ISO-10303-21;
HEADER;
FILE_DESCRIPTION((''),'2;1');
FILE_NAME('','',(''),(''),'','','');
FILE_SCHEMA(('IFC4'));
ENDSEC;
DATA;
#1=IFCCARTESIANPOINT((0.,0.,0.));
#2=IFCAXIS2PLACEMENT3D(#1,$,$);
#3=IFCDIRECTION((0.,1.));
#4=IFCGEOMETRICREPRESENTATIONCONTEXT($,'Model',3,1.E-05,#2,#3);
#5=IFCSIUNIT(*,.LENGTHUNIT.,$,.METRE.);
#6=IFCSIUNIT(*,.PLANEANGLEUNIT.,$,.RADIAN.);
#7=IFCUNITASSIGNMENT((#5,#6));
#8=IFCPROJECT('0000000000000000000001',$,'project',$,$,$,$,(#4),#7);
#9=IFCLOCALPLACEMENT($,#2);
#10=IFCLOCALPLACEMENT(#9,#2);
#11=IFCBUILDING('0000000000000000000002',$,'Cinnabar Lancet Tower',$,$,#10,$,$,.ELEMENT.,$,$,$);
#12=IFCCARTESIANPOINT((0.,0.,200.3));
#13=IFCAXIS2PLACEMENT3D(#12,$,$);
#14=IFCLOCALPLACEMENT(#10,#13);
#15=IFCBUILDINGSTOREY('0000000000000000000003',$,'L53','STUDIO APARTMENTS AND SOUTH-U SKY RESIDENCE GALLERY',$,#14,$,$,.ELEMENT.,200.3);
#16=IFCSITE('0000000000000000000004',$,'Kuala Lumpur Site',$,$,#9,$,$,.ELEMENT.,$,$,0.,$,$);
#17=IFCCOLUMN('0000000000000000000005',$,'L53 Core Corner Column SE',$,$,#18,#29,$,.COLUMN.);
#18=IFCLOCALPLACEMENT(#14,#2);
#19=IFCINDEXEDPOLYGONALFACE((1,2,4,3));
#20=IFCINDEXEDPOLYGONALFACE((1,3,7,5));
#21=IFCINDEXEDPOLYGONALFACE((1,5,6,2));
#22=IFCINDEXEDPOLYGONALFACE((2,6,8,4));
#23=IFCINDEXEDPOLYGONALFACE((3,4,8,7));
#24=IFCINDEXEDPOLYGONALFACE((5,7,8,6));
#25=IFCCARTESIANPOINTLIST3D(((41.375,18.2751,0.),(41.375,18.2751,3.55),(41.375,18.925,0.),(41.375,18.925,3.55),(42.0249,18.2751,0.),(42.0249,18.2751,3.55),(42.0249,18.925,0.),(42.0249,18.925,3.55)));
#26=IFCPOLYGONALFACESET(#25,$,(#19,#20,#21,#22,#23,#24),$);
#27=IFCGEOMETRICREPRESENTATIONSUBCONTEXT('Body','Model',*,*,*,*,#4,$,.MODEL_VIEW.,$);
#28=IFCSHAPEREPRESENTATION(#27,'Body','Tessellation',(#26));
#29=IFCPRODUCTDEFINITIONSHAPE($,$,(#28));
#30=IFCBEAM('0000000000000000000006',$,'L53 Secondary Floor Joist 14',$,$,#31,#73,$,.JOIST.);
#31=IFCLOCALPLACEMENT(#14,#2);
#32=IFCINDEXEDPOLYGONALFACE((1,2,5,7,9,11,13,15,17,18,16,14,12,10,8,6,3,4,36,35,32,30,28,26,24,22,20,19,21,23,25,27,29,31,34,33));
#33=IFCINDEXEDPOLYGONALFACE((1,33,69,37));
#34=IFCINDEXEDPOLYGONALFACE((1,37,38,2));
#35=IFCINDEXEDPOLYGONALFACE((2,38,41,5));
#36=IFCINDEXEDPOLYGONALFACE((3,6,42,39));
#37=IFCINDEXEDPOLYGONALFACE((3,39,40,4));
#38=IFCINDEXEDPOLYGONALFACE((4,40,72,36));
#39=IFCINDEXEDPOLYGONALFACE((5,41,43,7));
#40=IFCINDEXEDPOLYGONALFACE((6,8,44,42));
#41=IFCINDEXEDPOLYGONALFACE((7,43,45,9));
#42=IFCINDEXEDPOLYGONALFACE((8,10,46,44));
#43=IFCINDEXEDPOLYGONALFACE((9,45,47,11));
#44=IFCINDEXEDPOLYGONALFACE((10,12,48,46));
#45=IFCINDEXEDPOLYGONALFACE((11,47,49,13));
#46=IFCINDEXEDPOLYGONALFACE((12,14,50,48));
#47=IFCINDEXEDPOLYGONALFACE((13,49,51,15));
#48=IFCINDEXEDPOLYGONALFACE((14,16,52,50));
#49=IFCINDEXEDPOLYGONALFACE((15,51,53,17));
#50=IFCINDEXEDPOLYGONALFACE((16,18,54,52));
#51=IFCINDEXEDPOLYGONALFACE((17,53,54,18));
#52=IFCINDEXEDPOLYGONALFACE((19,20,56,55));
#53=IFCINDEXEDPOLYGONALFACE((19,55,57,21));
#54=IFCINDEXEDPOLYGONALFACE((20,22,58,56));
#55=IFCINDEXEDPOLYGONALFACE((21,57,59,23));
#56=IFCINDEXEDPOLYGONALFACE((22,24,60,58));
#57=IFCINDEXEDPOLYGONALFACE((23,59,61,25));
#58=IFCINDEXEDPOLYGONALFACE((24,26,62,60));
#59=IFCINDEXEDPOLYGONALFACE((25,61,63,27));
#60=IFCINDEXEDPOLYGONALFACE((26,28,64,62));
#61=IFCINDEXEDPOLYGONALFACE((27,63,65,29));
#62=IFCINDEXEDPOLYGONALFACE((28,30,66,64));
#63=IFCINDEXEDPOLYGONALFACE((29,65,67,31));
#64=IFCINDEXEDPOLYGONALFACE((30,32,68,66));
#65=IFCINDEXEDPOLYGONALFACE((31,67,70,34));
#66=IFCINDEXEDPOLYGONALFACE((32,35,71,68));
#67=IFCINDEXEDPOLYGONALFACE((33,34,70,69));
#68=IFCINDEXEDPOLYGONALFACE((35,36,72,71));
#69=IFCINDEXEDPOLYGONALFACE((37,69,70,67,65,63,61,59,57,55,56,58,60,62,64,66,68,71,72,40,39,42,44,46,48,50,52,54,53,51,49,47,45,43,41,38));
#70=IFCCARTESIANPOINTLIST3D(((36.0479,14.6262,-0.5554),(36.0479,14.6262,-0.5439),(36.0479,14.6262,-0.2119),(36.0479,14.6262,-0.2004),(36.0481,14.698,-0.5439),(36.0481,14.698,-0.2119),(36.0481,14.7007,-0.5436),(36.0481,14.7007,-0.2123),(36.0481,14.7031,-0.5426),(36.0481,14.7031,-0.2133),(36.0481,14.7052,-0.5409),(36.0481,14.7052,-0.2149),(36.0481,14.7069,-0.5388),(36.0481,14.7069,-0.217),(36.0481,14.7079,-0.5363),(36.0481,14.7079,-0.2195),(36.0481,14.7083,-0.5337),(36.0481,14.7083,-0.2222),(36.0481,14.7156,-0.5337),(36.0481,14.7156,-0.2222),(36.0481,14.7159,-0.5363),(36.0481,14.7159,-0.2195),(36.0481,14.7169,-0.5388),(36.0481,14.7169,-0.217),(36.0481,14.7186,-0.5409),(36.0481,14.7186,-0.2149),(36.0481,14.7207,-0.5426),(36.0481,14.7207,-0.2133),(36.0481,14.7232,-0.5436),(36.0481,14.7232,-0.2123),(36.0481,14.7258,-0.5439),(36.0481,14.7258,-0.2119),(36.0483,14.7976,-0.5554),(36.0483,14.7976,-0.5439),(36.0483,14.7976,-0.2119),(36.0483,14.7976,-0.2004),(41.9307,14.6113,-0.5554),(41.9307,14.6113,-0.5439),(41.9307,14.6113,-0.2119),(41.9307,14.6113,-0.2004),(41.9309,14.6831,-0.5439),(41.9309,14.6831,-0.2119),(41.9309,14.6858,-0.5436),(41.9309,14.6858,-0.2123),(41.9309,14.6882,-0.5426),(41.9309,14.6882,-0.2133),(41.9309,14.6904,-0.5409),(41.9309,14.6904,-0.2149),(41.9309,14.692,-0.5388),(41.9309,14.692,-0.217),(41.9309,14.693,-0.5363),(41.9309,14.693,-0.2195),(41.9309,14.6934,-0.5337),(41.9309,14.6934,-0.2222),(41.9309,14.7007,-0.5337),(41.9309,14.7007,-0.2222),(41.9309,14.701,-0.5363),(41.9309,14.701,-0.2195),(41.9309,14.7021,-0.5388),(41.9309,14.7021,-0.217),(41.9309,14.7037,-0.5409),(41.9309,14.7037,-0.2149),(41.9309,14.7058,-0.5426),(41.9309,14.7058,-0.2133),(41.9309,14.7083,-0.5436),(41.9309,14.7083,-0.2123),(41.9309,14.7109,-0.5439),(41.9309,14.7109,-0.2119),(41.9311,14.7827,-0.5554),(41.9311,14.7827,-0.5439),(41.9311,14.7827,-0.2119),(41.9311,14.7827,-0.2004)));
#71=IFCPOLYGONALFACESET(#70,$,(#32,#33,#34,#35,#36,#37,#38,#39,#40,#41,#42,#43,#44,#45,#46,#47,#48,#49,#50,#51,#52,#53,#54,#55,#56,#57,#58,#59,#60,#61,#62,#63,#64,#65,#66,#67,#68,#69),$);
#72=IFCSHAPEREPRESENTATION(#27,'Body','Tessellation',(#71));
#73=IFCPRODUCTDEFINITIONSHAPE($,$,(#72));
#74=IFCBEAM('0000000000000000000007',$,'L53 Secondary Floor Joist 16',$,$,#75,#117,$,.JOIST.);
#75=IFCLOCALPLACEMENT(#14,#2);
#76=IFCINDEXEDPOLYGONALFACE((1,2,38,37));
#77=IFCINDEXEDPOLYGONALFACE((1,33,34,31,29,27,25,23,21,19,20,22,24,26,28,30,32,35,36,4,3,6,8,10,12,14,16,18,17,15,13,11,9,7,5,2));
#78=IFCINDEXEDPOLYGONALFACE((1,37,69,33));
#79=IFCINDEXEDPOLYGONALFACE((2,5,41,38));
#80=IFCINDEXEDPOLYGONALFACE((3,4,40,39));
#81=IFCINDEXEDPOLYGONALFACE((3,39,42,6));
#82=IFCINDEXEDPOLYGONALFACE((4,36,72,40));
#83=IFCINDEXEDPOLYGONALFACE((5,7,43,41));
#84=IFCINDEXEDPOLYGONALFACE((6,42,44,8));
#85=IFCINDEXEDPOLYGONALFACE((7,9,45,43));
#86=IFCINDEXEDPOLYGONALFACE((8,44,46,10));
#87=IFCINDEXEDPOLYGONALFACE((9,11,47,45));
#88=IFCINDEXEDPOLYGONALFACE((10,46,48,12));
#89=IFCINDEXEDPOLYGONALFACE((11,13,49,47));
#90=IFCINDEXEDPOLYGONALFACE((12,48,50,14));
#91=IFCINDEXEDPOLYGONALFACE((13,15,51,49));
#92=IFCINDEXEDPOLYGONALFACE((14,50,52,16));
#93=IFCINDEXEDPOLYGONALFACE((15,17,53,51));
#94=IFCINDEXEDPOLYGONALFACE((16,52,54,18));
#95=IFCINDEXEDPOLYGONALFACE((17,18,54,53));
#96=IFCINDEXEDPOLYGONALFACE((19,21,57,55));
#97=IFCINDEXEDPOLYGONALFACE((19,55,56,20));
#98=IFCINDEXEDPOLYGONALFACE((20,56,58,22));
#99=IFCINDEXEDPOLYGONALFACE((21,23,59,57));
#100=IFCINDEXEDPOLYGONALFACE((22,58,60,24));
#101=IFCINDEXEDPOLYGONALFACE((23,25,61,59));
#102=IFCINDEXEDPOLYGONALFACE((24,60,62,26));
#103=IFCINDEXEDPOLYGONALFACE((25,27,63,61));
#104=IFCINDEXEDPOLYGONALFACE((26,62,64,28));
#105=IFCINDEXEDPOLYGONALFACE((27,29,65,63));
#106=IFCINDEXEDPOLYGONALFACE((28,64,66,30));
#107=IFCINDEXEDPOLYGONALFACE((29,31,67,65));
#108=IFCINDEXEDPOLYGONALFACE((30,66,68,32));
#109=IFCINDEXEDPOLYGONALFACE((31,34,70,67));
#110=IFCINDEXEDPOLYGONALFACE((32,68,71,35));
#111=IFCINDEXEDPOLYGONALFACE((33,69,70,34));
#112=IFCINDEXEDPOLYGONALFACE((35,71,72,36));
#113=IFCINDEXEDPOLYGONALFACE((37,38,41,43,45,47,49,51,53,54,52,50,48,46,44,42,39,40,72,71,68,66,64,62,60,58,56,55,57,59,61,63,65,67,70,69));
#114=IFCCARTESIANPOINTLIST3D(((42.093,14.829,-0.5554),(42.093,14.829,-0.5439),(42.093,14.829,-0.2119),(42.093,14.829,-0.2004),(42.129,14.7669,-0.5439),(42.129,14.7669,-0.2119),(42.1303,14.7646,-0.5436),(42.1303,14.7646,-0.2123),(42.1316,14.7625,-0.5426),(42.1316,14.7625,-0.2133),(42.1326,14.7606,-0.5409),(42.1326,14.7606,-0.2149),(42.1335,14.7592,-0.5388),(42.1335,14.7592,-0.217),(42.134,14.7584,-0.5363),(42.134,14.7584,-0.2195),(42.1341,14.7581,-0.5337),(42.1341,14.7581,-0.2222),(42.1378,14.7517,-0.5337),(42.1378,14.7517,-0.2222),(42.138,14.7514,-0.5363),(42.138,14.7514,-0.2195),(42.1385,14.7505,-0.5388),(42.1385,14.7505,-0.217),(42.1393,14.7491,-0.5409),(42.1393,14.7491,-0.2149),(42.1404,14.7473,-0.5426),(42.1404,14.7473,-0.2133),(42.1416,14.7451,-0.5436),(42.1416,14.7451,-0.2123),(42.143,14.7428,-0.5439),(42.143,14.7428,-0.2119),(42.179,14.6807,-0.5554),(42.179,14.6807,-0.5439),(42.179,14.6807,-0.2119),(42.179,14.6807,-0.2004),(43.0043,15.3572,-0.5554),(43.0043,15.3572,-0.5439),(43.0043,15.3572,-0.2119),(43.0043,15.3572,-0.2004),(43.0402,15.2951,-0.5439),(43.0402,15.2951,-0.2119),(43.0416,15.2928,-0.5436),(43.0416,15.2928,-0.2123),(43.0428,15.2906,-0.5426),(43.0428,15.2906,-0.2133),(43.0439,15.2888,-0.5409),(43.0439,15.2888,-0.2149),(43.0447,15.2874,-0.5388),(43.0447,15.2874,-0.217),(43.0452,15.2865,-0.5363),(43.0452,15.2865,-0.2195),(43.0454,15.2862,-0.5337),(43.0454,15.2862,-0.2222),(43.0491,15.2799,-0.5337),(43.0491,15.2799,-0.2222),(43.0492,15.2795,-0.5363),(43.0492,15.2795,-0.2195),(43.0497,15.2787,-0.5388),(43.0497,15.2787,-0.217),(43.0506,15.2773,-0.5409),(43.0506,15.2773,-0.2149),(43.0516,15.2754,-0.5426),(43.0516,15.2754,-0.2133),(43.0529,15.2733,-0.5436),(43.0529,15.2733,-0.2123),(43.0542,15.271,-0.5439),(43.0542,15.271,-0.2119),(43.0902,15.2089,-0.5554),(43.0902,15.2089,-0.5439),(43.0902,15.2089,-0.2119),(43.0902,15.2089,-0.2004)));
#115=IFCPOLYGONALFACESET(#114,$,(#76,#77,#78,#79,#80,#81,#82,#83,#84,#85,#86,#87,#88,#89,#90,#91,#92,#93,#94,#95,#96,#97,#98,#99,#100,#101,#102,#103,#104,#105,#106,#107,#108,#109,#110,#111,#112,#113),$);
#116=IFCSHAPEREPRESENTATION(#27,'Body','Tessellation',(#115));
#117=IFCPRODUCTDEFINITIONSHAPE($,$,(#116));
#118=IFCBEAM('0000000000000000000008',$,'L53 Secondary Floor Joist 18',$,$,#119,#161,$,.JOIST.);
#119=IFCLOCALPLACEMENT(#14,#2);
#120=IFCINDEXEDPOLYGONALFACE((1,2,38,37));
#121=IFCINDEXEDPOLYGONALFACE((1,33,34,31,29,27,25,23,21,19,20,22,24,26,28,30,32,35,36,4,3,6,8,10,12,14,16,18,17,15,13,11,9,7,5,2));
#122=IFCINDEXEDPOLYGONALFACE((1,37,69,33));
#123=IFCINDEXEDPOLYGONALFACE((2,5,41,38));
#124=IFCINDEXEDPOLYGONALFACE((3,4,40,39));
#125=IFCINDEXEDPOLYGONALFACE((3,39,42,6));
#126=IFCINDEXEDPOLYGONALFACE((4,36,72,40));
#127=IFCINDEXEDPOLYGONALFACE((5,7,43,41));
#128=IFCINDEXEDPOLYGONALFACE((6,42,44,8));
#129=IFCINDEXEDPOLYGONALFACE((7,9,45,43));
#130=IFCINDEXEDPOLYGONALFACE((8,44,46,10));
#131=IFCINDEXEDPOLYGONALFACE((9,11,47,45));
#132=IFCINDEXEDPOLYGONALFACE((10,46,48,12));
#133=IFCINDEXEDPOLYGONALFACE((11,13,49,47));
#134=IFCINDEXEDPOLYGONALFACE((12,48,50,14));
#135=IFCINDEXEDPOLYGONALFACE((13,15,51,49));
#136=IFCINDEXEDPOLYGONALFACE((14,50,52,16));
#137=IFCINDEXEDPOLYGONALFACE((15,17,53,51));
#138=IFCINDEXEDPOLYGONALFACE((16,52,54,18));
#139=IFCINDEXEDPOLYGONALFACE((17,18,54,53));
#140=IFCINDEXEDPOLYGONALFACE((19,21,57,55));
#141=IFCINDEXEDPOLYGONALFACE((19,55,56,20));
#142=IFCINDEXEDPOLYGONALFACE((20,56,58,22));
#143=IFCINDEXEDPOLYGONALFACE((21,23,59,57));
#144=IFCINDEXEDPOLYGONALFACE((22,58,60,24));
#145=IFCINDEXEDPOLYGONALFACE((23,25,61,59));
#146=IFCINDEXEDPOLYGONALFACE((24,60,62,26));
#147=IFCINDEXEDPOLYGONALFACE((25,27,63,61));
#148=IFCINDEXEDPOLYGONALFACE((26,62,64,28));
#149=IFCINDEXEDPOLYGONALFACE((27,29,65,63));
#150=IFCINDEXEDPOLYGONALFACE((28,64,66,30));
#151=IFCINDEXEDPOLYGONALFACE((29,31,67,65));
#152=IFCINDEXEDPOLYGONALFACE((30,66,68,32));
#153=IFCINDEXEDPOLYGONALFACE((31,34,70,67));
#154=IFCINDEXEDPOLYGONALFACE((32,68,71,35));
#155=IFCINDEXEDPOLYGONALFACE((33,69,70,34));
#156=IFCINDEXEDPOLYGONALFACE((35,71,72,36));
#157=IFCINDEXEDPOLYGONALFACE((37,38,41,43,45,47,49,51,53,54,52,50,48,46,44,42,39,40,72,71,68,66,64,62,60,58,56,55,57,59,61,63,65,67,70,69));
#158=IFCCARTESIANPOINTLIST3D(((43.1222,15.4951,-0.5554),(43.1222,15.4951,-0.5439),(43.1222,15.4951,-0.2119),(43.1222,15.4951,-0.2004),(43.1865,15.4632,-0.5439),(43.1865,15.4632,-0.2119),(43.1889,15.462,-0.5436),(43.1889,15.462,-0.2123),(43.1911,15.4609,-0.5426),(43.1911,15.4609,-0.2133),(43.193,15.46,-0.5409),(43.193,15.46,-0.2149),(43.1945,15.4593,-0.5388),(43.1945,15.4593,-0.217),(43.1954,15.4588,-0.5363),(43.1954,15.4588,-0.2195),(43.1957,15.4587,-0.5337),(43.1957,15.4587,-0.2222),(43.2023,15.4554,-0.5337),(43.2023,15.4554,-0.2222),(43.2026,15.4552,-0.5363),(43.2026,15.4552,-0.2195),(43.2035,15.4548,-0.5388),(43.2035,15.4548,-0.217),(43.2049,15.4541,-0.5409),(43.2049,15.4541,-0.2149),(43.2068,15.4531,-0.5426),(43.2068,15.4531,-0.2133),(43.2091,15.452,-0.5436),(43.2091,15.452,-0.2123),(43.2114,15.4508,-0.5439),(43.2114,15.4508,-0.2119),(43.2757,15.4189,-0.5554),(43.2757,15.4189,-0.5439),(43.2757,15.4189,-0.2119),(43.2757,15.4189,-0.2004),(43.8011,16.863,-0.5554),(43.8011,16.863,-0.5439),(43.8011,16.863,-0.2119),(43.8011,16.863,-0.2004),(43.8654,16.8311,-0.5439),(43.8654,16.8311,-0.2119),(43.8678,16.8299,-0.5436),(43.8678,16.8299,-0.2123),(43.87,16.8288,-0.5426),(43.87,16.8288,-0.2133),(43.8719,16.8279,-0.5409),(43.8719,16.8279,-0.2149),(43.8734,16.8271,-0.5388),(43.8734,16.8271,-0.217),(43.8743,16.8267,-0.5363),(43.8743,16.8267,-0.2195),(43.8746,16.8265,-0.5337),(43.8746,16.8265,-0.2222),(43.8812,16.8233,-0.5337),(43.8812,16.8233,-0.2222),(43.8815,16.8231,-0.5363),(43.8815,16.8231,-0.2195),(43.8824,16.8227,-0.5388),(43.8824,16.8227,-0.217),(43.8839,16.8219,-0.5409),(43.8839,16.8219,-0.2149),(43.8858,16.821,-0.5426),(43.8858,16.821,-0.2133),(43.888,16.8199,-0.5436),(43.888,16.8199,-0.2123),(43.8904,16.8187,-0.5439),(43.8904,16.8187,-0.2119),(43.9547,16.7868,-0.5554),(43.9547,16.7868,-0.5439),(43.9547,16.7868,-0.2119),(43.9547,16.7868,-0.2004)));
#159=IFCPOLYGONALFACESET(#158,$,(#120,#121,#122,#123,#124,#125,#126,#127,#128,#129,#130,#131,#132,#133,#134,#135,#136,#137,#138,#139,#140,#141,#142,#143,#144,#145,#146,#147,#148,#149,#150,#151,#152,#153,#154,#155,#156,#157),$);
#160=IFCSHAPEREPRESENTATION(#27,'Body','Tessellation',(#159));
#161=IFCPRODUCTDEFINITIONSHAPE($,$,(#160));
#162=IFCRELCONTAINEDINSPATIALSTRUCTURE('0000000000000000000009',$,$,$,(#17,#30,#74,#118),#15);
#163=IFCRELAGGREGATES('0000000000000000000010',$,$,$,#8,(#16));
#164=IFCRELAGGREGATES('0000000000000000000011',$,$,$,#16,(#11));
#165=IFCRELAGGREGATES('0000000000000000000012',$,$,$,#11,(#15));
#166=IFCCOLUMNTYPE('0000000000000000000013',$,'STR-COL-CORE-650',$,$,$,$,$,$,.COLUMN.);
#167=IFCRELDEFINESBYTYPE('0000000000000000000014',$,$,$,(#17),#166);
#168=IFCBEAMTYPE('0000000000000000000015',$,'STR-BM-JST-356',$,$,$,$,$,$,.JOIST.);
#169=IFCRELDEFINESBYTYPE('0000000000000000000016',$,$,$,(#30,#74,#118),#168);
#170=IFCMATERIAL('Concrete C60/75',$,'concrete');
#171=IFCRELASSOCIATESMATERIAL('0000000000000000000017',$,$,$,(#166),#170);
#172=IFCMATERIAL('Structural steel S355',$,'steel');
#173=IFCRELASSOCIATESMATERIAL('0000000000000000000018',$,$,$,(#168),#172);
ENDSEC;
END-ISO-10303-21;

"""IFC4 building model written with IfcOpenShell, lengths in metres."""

from ifc_helpers import new_model, si_unit, direction, frame, origin, origin_2d, place, context, subcontext, project, spatial, rectangle, i_section, extrude, material, material_profile, profile_set, type_object, element, save


model = new_model("IFC4")

# Units and contexts
model_context = context("Model", 3, precision=1e-05, world=origin(), true_north=direction((0.0, 1.0)))
body_context = subcontext(model_context, "Body", "Model", "MODEL_VIEW")
ifc_project = project(units=[si_unit("LENGTHUNIT", "METRE"), si_unit("PLANEANGLEUNIT", "RADIAN")], contexts=[model_context])

# Site, building, storey
site_placement = place(None, origin())
site = spatial("IfcSite", under=ifc_project, at=site_placement, Name="Kuala Lumpur Site", CompositionType="ELEMENT", RefElevation=0.0)
building_placement = place(site_placement, origin())
building = spatial("IfcBuilding", under=site, at=building_placement, Name="Cinnabar Lancet Tower", CompositionType="ELEMENT")
storey_placement = place(building_placement, frame((0.0, 0.0, 200.3)))
storey = spatial("IfcBuildingStorey", under=building, at=storey_placement, Name="L53", Description="STUDIO APARTMENTS AND SOUTH-U SKY RESIDENCE GALLERY", CompositionType="ELEMENT", Elevation=200.3)

# Column
ifc_material_1 = material(Name="Concrete C60/75", Category="concrete")
ifc_material_profile_1 = material_profile(ifc_material_1, rectangle(XDim=0.6499, YDim=0.6499, at=origin_2d()), Name="RC-COL 650x650")
ifc_profile_set_1 = profile_set([ifc_material_profile_1], Name="Concrete C60/75")
column_type = type_object("IfcColumnType", Name="STR-COL-CORE-650", PredefinedType="COLUMN", material=ifc_profile_set_1)
column_placement = place(storey_placement, frame((41.7, 18.6001, 0.0), z_axis=(0.0, 0.0, 1.0), x_axis=(1.0, 0.0, 0.0)))
element("IfcColumn", 1, at=column_placement, inside=storey, type_object=column_type, Name="L53 Core Corner Column SE", PredefinedType="COLUMN", context=body_context, shape_type="SweptSolid", body=[
    extrude(rectangle(XDim=0.6499, YDim=0.6499, at=origin_2d()), origin(), (0.0, 0.0, 1.0), 3.55),
])

# Beams
ifc_material_2 = material(Name="Structural steel S355", Category="steel")
ifc_material_profile_2 = material_profile(ifc_material_2, i_section(OverallWidth=0.1714, OverallDepth=0.355, WebThickness=0.0073, FlangeThickness=0.0115, FilletRadius=0.0103, at=origin_2d()), Name="UKB 356x171x51")
ifc_profile_set_2 = profile_set([ifc_material_profile_2], Name="Structural steel S355")
beam_type_1 = type_object("IfcBeamType", Name="STR-BM-JST-356", PredefinedType="JOIST", material=ifc_profile_set_2)
beam_1_placement = place(storey_placement, frame((36.0481, 14.7119, -0.3779), z_axis=(0.999997, -0.002532, 0.0), x_axis=(0.002532, 0.999997, 0.0)))
element("IfcBeam", 2, at=beam_1_placement, inside=storey, type_object=beam_type_1, Name="L53 Secondary Floor Joist 14", PredefinedType="JOIST", context=body_context, shape_type="SweptSolid", body=[
    extrude(i_section(OverallWidth=0.1714, OverallDepth=0.355, WebThickness=0.0073, FlangeThickness=0.0115, FilletRadius=0.0103, at=origin_2d()), origin(), (0.0, 0.0, 1.0), 5.8828),
])
beam_2_placement = place(storey_placement, frame((42.136, 14.7549, -0.3779), z_axis=(0.865188, 0.501447, 0.0), x_axis=(-0.501447, 0.865188, 0.0)))
element("IfcBeam", 3, at=beam_2_placement, inside=storey, type_object=beam_type_1, Name="L53 Secondary Floor Joist 16", PredefinedType="JOIST", context=body_context, shape_type="SweptSolid", body=[
    extrude(i_section(OverallWidth=0.1714, OverallDepth=0.355, WebThickness=0.0073, FlangeThickness=0.0115, FilletRadius=0.0103, at=origin_2d()), origin(), (0.0, 0.0, 1.0), 1.0532),
])
beam_3_placement = place(storey_placement, frame((43.199, 15.457, -0.3779), z_axis=(0.44459, 0.895734, 0.0), x_axis=(-0.895734, 0.44459, 0.0)))
element("IfcBeam", 4, at=beam_3_placement, inside=storey, type_object=beam_type_1, Name="L53 Secondary Floor Joist 18", PredefinedType="JOIST", context=body_context, shape_type="SweptSolid", body=[
    extrude(i_section(OverallWidth=0.1714, OverallDepth=0.355, WebThickness=0.0073, FlangeThickness=0.0115, FilletRadius=0.0103, at=origin_2d()), origin(), (0.0, 0.0, 1.0), 1.5271),
])

save(model, "model.ifc")
